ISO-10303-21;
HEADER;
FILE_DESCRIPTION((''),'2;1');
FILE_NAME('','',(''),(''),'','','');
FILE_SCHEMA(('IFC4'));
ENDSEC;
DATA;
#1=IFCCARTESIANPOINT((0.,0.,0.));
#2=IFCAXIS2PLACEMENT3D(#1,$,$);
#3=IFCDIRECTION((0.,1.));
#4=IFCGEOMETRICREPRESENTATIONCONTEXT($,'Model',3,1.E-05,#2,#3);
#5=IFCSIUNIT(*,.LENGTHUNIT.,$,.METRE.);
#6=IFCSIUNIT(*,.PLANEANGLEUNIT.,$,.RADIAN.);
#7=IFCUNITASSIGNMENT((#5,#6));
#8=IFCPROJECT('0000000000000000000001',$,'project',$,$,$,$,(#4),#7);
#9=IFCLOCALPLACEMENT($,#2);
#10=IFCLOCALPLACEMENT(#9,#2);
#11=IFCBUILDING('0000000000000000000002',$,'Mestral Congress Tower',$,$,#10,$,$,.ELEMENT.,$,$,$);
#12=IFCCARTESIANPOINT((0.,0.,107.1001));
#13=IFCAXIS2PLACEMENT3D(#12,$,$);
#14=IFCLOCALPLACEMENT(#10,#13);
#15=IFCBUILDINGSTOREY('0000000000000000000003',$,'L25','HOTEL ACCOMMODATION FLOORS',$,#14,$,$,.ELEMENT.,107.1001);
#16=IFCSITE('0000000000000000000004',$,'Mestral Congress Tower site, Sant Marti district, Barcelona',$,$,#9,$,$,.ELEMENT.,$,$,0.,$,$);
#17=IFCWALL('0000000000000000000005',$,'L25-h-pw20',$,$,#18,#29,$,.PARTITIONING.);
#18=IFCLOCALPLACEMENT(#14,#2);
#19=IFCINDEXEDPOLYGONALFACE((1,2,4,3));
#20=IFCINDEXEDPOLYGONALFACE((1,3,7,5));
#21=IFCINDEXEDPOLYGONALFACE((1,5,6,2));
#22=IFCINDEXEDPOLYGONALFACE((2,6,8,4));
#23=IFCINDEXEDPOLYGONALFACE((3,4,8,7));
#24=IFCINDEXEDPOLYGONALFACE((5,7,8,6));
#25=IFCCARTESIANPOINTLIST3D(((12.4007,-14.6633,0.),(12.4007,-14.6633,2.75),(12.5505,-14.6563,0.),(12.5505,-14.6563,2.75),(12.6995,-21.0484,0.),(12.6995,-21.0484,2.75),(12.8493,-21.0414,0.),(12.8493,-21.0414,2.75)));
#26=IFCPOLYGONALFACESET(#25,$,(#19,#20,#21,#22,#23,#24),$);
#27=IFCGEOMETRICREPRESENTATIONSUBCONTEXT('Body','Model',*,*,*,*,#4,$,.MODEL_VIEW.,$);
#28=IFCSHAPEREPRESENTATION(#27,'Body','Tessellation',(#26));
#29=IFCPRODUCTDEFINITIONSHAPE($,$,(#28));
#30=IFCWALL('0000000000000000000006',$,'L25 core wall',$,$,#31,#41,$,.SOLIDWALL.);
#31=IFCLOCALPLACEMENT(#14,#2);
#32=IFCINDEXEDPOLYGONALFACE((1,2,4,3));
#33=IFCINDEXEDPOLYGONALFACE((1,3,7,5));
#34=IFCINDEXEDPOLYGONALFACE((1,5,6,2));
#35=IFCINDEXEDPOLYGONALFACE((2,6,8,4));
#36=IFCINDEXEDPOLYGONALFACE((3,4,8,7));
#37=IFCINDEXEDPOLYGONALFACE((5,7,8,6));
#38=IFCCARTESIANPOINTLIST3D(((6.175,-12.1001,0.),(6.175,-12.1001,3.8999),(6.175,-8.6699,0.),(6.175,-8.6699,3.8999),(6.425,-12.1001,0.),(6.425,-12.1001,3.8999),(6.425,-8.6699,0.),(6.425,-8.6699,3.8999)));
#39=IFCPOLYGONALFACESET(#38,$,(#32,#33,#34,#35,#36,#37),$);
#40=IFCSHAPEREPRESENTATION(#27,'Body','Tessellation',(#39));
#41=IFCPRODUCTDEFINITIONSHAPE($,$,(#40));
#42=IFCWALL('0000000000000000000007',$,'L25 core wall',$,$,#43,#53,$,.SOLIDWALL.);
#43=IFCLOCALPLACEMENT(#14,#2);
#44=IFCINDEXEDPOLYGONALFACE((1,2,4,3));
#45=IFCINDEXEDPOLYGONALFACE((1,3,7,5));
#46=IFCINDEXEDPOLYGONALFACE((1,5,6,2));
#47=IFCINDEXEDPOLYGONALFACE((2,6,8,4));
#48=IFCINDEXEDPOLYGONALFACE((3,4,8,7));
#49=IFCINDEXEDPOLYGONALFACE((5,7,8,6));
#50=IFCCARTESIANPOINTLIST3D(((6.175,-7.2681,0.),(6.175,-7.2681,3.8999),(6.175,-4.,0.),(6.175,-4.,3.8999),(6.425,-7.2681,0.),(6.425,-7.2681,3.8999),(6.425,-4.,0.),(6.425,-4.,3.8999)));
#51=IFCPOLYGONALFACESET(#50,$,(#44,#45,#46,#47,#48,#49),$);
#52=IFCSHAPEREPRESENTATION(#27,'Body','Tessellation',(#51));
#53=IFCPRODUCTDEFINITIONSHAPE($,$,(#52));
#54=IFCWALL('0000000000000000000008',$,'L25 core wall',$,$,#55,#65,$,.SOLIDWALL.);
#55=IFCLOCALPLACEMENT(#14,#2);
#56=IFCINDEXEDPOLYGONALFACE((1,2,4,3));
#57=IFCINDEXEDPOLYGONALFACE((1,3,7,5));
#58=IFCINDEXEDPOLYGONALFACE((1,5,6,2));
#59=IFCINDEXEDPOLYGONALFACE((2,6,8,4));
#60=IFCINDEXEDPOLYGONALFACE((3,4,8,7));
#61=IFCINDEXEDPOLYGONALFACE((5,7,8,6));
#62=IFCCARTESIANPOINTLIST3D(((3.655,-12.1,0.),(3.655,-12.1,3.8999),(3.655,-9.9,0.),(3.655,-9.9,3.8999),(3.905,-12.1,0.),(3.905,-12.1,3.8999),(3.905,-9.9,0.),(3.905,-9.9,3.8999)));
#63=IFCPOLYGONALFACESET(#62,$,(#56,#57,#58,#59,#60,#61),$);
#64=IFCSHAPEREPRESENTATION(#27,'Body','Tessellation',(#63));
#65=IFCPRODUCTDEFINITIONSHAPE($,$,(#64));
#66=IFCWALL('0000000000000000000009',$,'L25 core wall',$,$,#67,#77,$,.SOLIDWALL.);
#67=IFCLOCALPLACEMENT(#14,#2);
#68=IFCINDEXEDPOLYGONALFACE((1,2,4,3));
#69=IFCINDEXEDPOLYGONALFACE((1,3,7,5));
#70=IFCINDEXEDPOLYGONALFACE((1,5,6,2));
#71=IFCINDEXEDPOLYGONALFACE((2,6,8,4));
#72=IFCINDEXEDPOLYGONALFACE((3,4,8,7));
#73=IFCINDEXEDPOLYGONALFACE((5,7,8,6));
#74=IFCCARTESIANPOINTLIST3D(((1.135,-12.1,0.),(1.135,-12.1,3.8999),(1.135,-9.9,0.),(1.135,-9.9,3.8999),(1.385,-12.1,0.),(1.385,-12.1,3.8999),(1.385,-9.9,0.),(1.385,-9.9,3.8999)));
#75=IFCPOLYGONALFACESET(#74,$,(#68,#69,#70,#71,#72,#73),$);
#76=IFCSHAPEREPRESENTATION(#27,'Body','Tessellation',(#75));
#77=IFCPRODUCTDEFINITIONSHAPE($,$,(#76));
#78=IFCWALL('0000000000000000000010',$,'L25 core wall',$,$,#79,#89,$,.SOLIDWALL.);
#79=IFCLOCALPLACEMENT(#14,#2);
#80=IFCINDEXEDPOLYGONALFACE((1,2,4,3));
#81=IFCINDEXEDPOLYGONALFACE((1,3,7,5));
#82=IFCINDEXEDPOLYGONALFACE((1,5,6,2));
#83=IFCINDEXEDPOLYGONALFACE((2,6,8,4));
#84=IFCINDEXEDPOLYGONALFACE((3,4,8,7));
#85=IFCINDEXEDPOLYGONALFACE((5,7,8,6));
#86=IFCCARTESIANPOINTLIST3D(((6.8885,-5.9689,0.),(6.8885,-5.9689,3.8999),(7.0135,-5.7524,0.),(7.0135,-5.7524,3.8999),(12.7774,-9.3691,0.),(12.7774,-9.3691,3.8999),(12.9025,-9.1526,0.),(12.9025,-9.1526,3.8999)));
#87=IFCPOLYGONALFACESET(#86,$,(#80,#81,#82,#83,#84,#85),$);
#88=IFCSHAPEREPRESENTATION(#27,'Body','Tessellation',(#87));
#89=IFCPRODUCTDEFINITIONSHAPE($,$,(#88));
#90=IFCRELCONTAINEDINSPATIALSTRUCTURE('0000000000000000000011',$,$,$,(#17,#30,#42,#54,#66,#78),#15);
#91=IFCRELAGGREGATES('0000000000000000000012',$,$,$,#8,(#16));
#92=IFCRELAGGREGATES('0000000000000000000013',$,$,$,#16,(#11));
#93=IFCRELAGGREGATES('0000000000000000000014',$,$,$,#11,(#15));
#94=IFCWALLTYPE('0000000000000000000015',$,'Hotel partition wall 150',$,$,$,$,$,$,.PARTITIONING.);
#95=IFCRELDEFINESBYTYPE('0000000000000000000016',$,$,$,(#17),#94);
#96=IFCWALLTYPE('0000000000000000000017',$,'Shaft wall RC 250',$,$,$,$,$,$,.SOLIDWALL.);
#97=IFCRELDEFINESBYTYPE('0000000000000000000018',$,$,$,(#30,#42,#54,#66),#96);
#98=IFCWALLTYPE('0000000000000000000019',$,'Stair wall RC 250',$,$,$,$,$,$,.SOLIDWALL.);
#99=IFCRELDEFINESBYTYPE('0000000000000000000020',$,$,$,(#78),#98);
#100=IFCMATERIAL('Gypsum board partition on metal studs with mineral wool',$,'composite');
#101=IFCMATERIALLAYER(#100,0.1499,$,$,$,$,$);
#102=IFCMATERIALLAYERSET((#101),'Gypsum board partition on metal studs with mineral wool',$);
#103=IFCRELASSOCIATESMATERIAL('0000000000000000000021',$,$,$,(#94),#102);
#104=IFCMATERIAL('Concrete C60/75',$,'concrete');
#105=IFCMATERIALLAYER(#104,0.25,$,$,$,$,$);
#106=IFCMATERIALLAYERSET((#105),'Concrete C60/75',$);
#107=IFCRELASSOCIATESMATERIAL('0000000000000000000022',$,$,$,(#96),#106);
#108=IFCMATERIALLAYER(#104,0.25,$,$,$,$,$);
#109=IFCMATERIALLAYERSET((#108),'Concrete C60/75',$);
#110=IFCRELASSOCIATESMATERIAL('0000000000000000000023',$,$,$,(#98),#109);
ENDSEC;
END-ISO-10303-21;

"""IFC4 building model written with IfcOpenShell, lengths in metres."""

from ifc_helpers import new_model, si_unit, direction, frame, frame_2d, origin, place, context, subcontext, project, spatial, rectangle, extrude, material, layer, layer_set, type_object, element, save


model = new_model("IFC4")

# Units and contexts
model_context = context("Model", 3, precision=1e-05, world=origin(), true_north=direction((0.0, 1.0)))
body_context = subcontext(model_context, "Body", "Model", "MODEL_VIEW")
ifc_project = project(units=[si_unit("LENGTHUNIT", "METRE"), si_unit("PLANEANGLEUNIT", "RADIAN")], contexts=[model_context])

# Site, building, storey
site_placement = place(None, origin())
site = spatial("IfcSite", under=ifc_project, at=site_placement, Name="Mestral Congress Tower site, Sant Marti district, Barcelona", CompositionType="ELEMENT", RefElevation=0.0)
building_placement = place(site_placement, origin())
building = spatial("IfcBuilding", under=site, at=building_placement, Name="Mestral Congress Tower", CompositionType="ELEMENT")
storey_placement = place(building_placement, frame((0.0, 0.0, 107.1001)))
storey = spatial("IfcBuildingStorey", under=building, at=storey_placement, Name="L25", Description="HOTEL ACCOMMODATION FLOORS", CompositionType="ELEMENT", Elevation=107.1001)

# Shared definitions
ifc_material_1 = material(Name="Concrete C60/75", Category="concrete")

# Shared definitions
ifc_material_2 = material(Name="Gypsum board partition on metal studs with mineral wool", Category="composite")

# Walls
ifc_layer_1 = layer(ifc_material_2, 0.1499)
ifc_layer_set_1 = layer_set([ifc_layer_1], Name="Gypsum board partition on metal studs with mineral wool")
wall_type_1 = type_object("IfcWallType", Name="Hotel partition wall 150", PredefinedType="PARTITIONING", material=ifc_layer_set_1)
wall_1_placement = place(storey_placement, frame((12.7744, -21.0449, 0.0), z_axis=(0.0, 0.0, 1.0), x_axis=(-0.04675, 0.998907, 0.0)))
element("IfcWall", 1, at=wall_1_placement, inside=storey, type_object=wall_type_1, Name="L25-h-pw20", PredefinedType="PARTITIONING", context=body_context, shape_type="SweptSolid", body=[
    extrude(rectangle(XDim=6.3921, YDim=0.1499, at=frame_2d((3.196, 0.0))), origin(), (0.0, 0.0, 1.0), 2.75),
])
ifc_layer_2 = layer(ifc_material_1, 0.25)
ifc_layer_set_2 = layer_set([ifc_layer_2], Name="Concrete C60/75")
wall_type_2 = type_object("IfcWallType", Name="Shaft wall RC 250", PredefinedType="SOLIDWALL", material=ifc_layer_set_2)
wall_2_placement = place(storey_placement, frame((6.3, -8.6699, 0.0), z_axis=(0.0, 0.0, 1.0), x_axis=(0.0, -1.0, 0.0)))
element("IfcWall", 2, at=wall_2_placement, inside=storey, type_object=wall_type_2, Name="L25 core wall", PredefinedType="SOLIDWALL", context=body_context, shape_type="SweptSolid", body=[
    extrude(rectangle(XDim=3.4302, YDim=0.25, at=frame_2d((1.7151, 0.0))), origin(), (0.0, 0.0, 1.0), 3.8999),
])
wall_3_placement = place(storey_placement, frame((6.3, -7.2681, 0.0), z_axis=(0.0, 0.0, 1.0), x_axis=(0.0, 1.0, 0.0)))
element("IfcWall", 3, at=wall_3_placement, inside=storey, type_object=wall_type_2, Name="L25 core wall", PredefinedType="SOLIDWALL", context=body_context, shape_type="SweptSolid", body=[
    extrude(rectangle(XDim=3.2681, YDim=0.25, at=frame_2d((1.634, 0.0))), origin(), (0.0, 0.0, 1.0), 3.8999),
])
for number, where, z_axis, x_axis, name in (
    (4, (3.78, -12.1001, 0.0), (0.0, 0.0, 1.0), (0.0, 1.0, 0.0), "L25 core wall"),
    (5, (1.26, -12.1001, 0.0), (0.0, 0.0, 1.0), (0.0, 1.0, 0.0), "L25 core wall"),
):
    element("IfcWall", number, at=place(storey_placement, frame(where, z_axis=z_axis, x_axis=x_axis)), inside=storey, type_object=wall_type_2, Name=name, PredefinedType="SOLIDWALL", context=body_context, shape_type="SweptSolid", body=[
        extrude(rectangle(XDim=2.2, YDim=0.25, at=frame_2d((1.1001, 0.0))), origin(), (0.0, 0.0, 1.0), 3.8999),
    ])
ifc_layer_3 = layer(ifc_material_1, 0.25)
ifc_layer_set_3 = layer_set([ifc_layer_3], Name="Concrete C60/75")
wall_type_3 = type_object("IfcWallType", Name="Stair wall RC 250", PredefinedType="SOLIDWALL", material=ifc_layer_set_3)
wall_4_placement = place(storey_placement, frame((12.8398, -9.2607, 0.0), z_axis=(0.0, 0.0, 1.0), x_axis=(-0.866014, 0.50002, 0.0)))
element("IfcWall", 6, at=wall_4_placement, inside=storey, type_object=wall_type_3, Name="L25 core wall", PredefinedType="SOLIDWALL", context=body_context, shape_type="SweptSolid", body=[
    extrude(rectangle(XDim=6.8, YDim=0.25, at=frame_2d((3.3999, 0.0))), origin(), (0.0, 0.0, 1.0), 3.8999),
])

save(model, "model.ifc")
